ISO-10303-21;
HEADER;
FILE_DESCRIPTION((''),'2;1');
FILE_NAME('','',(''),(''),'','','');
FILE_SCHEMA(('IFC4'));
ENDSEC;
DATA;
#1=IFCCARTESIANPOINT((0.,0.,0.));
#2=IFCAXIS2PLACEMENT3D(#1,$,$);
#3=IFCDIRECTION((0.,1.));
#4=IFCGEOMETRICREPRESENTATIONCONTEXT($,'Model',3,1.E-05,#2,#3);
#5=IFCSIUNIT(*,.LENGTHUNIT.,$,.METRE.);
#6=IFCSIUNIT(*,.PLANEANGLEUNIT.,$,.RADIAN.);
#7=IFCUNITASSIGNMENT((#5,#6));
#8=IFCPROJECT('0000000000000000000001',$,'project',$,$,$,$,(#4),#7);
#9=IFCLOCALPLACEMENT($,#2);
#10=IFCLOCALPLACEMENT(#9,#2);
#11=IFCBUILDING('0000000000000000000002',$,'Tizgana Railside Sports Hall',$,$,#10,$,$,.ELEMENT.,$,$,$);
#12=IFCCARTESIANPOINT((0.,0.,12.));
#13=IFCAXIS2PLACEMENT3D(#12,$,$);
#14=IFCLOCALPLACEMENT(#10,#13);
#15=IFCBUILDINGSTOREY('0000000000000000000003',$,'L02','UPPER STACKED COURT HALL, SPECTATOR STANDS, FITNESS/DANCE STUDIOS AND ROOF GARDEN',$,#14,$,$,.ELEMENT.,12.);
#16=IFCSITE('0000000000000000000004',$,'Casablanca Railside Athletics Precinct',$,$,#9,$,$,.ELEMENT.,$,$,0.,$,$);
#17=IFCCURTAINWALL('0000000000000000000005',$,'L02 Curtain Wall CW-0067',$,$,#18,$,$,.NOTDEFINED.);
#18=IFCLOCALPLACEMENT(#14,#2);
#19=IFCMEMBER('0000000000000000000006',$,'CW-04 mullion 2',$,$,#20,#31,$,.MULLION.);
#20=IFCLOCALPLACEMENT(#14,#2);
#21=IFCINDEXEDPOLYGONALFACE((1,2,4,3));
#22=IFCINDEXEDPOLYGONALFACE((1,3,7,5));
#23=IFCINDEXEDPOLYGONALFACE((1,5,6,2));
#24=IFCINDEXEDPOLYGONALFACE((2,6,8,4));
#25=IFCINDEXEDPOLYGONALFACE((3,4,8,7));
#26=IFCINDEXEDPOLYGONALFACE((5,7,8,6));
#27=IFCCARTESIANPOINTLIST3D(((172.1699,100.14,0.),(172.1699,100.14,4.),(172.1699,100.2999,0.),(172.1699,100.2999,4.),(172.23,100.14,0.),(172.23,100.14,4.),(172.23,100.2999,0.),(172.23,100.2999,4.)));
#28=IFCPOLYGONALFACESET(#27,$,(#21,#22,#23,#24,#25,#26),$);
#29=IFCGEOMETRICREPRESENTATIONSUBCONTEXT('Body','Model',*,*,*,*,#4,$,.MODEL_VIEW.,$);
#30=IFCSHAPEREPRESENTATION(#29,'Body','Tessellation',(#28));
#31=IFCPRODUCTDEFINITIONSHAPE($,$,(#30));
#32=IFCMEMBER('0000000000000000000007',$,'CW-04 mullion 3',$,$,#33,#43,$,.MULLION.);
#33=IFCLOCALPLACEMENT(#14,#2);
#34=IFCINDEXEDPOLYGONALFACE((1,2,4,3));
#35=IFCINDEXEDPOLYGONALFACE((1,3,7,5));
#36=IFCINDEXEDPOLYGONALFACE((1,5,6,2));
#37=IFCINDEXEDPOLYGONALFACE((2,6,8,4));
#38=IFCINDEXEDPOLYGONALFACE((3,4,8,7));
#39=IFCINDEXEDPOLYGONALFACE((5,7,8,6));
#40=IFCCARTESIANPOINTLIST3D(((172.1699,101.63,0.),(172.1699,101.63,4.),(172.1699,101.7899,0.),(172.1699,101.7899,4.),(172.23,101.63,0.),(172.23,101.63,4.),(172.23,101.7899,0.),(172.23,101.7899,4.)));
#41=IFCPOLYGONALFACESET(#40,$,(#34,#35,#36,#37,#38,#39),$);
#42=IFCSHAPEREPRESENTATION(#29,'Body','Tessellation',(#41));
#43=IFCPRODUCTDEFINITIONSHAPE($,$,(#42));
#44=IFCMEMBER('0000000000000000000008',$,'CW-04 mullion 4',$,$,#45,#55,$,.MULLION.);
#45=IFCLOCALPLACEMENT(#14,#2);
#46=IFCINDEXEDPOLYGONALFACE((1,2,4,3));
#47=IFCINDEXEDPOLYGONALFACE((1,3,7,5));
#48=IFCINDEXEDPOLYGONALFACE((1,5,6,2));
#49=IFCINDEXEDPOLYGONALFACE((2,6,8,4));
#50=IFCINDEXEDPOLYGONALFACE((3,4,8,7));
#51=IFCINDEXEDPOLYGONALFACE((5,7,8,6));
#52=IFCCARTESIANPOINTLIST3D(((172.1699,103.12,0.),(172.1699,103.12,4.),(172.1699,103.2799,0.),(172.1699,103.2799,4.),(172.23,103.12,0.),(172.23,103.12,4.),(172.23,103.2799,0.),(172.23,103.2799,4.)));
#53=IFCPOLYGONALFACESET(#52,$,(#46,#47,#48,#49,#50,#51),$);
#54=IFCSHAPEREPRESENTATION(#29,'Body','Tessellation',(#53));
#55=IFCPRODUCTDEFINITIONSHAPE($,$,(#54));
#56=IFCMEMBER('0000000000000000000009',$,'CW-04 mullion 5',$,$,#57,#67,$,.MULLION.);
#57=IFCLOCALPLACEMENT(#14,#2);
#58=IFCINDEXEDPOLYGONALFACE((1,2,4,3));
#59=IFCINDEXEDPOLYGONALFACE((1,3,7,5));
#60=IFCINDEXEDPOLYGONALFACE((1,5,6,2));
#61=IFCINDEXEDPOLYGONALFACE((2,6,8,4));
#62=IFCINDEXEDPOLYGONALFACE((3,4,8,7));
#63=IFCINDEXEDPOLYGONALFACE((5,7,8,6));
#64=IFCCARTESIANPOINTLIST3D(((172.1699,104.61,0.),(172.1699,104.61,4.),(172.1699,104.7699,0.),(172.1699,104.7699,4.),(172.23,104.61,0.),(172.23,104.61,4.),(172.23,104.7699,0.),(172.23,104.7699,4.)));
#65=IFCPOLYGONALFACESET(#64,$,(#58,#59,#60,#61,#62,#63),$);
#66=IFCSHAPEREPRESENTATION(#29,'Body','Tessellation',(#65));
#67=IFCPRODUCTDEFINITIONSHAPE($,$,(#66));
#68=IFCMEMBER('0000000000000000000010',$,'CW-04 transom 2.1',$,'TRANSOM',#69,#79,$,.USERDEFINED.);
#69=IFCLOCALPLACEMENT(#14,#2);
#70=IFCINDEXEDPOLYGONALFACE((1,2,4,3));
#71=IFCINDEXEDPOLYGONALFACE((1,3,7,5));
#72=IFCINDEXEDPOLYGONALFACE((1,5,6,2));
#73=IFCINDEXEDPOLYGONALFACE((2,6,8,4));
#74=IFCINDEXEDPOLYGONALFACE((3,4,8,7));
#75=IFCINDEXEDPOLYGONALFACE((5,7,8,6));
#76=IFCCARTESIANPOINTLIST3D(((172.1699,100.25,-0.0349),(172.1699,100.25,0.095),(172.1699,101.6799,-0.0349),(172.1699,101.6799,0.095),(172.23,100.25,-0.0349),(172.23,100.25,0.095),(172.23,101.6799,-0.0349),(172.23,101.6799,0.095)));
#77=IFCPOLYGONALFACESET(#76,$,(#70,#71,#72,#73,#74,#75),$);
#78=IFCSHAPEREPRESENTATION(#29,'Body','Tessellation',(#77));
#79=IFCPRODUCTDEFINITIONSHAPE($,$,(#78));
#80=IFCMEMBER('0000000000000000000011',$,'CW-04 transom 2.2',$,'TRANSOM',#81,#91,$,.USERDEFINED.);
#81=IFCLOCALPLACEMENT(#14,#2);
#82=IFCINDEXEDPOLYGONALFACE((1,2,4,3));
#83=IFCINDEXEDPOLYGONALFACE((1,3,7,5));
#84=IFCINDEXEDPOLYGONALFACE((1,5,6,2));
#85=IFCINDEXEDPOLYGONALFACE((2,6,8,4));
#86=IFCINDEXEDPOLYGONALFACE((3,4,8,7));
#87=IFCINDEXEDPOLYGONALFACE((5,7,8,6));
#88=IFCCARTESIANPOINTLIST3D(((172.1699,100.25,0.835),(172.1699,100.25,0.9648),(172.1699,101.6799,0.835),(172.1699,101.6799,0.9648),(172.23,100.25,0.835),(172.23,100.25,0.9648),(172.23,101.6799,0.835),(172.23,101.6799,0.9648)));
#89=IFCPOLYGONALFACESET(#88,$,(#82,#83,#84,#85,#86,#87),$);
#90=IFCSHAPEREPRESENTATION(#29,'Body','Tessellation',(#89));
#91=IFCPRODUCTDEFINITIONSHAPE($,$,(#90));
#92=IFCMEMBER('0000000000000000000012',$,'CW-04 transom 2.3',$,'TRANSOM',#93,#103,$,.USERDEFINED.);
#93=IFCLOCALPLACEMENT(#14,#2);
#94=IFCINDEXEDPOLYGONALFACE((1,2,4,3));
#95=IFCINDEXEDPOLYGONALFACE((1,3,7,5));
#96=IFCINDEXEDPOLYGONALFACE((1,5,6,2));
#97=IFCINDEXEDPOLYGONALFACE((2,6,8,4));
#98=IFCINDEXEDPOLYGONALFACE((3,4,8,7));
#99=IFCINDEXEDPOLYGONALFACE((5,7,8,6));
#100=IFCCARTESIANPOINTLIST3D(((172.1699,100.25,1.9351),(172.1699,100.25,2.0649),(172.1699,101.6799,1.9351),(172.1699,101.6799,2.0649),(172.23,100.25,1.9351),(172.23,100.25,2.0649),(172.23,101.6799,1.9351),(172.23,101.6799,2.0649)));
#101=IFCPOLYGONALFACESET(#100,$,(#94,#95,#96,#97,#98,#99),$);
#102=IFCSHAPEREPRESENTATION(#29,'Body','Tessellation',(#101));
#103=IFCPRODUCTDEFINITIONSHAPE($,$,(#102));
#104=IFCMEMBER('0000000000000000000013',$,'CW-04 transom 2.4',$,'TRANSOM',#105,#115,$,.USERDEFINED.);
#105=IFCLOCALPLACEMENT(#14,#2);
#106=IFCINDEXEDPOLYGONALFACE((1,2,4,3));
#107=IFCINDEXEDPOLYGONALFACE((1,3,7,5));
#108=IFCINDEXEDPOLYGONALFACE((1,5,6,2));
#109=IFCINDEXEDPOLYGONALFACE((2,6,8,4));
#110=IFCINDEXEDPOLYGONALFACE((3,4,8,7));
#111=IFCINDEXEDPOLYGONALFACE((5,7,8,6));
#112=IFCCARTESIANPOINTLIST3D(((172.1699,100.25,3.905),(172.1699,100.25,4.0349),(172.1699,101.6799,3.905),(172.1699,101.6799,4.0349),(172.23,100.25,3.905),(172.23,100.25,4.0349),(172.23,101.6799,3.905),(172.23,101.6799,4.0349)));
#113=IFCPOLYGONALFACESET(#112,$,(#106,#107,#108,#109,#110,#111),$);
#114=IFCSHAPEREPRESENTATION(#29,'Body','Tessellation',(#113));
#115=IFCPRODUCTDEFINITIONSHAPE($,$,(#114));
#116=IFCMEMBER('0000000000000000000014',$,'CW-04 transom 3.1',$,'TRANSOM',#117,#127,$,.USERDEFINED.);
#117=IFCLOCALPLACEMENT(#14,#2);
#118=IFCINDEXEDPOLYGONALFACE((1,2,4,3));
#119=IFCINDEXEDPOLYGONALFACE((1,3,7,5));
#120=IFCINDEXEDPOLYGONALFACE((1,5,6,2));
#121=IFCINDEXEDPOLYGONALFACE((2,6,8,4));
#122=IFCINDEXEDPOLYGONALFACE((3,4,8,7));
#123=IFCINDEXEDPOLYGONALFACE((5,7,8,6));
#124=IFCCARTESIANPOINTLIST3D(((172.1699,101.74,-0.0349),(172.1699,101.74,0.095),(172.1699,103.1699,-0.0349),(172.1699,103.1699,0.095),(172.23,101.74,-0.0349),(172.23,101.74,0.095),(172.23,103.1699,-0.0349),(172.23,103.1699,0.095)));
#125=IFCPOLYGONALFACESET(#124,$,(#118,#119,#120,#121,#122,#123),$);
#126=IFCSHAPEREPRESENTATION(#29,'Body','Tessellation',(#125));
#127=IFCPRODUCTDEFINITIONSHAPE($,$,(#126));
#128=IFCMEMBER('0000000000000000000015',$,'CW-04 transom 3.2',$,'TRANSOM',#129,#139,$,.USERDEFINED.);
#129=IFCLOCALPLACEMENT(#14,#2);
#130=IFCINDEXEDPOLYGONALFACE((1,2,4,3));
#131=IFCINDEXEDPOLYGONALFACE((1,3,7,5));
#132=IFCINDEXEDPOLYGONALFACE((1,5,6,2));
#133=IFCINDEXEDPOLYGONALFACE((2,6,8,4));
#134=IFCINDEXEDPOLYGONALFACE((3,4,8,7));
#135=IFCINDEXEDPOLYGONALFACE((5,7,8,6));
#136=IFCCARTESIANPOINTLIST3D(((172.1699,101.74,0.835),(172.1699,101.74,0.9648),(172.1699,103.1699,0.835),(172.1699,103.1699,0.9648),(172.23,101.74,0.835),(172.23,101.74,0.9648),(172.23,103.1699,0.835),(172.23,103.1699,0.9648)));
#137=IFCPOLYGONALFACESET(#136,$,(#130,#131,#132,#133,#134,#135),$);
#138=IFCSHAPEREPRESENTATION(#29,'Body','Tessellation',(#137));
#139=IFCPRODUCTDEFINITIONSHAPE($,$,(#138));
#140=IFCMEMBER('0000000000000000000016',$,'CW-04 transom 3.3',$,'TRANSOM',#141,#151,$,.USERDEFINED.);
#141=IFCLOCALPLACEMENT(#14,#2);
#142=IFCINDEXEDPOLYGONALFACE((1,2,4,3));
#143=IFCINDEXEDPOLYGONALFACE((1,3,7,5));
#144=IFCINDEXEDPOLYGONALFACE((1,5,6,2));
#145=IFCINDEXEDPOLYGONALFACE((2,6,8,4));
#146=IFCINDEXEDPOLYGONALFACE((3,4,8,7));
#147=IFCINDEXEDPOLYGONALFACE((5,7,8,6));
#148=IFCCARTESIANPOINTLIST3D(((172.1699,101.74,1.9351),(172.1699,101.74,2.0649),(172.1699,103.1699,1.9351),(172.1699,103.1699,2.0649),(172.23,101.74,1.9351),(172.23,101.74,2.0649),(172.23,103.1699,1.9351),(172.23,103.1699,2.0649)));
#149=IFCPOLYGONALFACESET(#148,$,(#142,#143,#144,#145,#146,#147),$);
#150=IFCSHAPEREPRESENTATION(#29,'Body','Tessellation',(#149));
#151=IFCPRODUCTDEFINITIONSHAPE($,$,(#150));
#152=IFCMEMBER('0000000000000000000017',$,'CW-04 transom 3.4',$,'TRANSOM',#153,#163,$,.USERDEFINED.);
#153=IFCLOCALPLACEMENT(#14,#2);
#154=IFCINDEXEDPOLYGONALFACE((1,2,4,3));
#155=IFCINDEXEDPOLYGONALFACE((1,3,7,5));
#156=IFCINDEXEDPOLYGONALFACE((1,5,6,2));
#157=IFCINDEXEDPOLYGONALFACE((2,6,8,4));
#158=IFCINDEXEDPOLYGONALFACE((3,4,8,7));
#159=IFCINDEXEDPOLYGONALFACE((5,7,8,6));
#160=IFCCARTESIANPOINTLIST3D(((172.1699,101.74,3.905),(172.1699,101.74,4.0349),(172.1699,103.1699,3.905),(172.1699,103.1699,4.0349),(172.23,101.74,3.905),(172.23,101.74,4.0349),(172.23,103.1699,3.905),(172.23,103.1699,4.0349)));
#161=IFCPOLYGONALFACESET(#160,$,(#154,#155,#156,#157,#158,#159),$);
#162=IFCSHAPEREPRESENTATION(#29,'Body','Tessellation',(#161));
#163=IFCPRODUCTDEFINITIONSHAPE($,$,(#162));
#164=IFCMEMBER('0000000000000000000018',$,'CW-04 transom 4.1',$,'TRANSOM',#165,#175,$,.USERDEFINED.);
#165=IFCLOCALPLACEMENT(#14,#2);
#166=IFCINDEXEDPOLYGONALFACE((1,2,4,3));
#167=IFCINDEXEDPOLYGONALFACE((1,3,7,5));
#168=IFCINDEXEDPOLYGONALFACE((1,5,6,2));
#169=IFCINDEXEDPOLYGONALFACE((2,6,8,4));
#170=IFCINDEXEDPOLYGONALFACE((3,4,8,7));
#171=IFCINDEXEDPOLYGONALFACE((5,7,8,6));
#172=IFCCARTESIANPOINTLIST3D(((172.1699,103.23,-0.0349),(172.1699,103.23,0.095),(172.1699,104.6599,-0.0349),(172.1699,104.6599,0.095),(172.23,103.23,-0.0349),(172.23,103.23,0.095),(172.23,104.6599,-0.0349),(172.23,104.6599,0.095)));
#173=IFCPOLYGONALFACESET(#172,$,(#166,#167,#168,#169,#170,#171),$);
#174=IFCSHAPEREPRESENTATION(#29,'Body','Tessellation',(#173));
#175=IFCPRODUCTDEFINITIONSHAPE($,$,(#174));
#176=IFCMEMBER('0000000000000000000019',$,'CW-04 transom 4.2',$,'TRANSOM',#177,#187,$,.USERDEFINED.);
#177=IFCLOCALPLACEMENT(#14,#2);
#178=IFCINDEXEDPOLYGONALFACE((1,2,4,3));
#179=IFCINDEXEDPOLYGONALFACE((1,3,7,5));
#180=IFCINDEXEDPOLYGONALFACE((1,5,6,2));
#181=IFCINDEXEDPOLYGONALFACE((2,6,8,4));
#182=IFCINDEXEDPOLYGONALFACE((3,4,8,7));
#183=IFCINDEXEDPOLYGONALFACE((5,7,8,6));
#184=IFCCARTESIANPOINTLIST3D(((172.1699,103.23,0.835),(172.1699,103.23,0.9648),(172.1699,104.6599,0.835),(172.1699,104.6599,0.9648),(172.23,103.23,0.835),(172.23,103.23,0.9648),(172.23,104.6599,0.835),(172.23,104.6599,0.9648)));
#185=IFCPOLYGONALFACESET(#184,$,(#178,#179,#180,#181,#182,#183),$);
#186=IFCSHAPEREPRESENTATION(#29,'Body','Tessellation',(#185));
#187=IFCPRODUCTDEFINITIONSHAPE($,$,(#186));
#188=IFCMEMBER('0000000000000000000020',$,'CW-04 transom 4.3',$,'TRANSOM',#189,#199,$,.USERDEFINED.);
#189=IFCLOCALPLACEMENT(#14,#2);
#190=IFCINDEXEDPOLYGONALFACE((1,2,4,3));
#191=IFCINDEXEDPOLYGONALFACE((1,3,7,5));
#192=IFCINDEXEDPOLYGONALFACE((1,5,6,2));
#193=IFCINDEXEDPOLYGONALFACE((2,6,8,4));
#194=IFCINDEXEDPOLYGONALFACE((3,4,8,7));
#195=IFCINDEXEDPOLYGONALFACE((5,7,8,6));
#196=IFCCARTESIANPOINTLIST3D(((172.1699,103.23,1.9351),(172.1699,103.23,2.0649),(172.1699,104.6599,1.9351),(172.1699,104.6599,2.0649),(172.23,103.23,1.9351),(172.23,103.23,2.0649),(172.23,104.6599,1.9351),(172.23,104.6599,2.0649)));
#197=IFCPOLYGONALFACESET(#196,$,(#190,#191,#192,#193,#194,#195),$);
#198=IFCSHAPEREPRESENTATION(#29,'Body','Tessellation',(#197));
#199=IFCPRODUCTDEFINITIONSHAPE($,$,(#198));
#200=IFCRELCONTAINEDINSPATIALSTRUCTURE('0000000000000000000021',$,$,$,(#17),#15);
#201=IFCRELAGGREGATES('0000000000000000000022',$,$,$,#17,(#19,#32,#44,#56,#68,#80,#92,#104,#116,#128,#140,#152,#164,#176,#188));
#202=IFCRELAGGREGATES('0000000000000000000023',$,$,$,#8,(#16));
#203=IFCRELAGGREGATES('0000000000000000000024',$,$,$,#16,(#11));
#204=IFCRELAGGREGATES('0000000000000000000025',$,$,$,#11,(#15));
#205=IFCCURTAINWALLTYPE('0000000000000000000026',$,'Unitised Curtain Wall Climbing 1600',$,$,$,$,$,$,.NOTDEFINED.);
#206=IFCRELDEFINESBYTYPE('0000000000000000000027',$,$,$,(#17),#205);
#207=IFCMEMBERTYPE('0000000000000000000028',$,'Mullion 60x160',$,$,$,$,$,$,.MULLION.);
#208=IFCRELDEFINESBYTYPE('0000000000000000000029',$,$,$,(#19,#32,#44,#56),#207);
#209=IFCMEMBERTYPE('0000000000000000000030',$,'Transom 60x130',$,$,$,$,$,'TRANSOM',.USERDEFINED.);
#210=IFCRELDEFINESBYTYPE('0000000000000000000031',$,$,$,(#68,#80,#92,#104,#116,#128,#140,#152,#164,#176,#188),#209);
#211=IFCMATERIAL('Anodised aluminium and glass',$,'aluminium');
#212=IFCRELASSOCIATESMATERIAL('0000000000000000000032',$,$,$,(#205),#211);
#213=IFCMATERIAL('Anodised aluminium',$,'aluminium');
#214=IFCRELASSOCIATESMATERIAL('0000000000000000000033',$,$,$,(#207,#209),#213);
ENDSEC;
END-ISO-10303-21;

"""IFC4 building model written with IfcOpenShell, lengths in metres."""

from ifc_helpers import new_model, si_unit, direction, frame, origin, origin_2d, place, context, subcontext, project, spatial, rectangle, extrude, material, material_profile, profile_set, type_object, element, aggregate, save


model = new_model("IFC4")

# Units and contexts
model_context = context("Model", 3, precision=1e-05, world=origin(), true_north=direction((0.0, 1.0)))
body_context = subcontext(model_context, "Body", "Model", "MODEL_VIEW")
ifc_project = project(units=[si_unit("LENGTHUNIT", "METRE"), si_unit("PLANEANGLEUNIT", "RADIAN")], contexts=[model_context])

# Site, building, storey
site_placement = place(None, origin())
site = spatial("IfcSite", under=ifc_project, at=site_placement, Name="Casablanca Railside Athletics Precinct", CompositionType="ELEMENT", RefElevation=0.0)
building_placement = place(site_placement, origin())
building = spatial("IfcBuilding", under=site, at=building_placement, Name="Tizgana Railside Sports Hall", CompositionType="ELEMENT")
storey_placement = place(building_placement, frame((0.0, 0.0, 12.0)))
storey = spatial("IfcBuildingStorey", under=building, at=storey_placement, Name="L02", Description="UPPER STACKED COURT HALL, SPECTATOR STANDS, FITNESS/DANCE STUDIOS AND ROOF GARDEN", CompositionType="ELEMENT", Elevation=12.0)

# Curtain wall, members
ifc_material_1 = material(Name="Anodised aluminium and glass", Category="aluminium")
curtain_wall_type = type_object("IfcCurtainWallType", Name="Unitised Curtain Wall Climbing 1600", PredefinedType="NOTDEFINED", material=ifc_material_1)
curtain_wall_placement = place(storey_placement, origin())
curtain_wall = element("IfcCurtainWall", 1, at=curtain_wall_placement, inside=storey, type_object=curtain_wall_type, Name="L02 Curtain Wall CW-0067", PredefinedType="NOTDEFINED")
ifc_material_2 = material(Name="Anodised aluminium", Category="aluminium")
ifc_material_profile_1 = material_profile(ifc_material_2, rectangle(XDim=0.0601, YDim=0.1599, at=origin_2d()), Name="Mullion 60x160")
ifc_profile_set_1 = profile_set([ifc_material_profile_1], Name="Anodised aluminium")
member_type_1 = type_object("IfcMemberType", Name="Mullion 60x160", PredefinedType="MULLION", material=ifc_profile_set_1)
member_1_placement = place(storey_placement, frame((172.2, 100.22, 0.0), z_axis=(0.0, 0.0, 1.0), x_axis=(-1.0, 0.0, 0.0)))
member_1 = element("IfcMember", 2, at=member_1_placement, type_object=member_type_1, Name="CW-04 mullion 2", PredefinedType="MULLION", context=body_context, shape_type="SweptSolid", body=[
    extrude(rectangle(XDim=0.0601, YDim=0.1599, at=origin_2d()), origin(), (0.0, 0.0, 1.0), 4.0),
])
member_2_placement = place(storey_placement, frame((172.2, 101.71, 0.0), z_axis=(0.0, 0.0, 1.0), x_axis=(-1.0, 0.0, 0.0)))
member_2 = element("IfcMember", 3, at=member_2_placement, type_object=member_type_1, Name="CW-04 mullion 3", PredefinedType="MULLION", context=body_context, shape_type="SweptSolid", body=[
    extrude(rectangle(XDim=0.0601, YDim=0.1599, at=origin_2d()), origin(), (0.0, 0.0, 1.0), 4.0),
])
member_3_placement = place(storey_placement, frame((172.2, 103.2, 0.0), z_axis=(0.0, 0.0, 1.0), x_axis=(-1.0, 0.0, 0.0)))
member_3 = element("IfcMember", 4, at=member_3_placement, type_object=member_type_1, Name="CW-04 mullion 4", PredefinedType="MULLION", context=body_context, shape_type="SweptSolid", body=[
    extrude(rectangle(XDim=0.0601, YDim=0.1599, at=origin_2d()), origin(), (0.0, 0.0, 1.0), 4.0),
])
member_4_placement = place(storey_placement, frame((172.2, 104.6899, 0.0), z_axis=(0.0, 0.0, 1.0), x_axis=(-1.0, 0.0, 0.0)))
member_4 = element("IfcMember", 5, at=member_4_placement, type_object=member_type_1, Name="CW-04 mullion 5", PredefinedType="MULLION", context=body_context, shape_type="SweptSolid", body=[
    extrude(rectangle(XDim=0.0601, YDim=0.1599, at=origin_2d()), origin(), (0.0, 0.0, 1.0), 4.0),
])
ifc_material_profile_2 = material_profile(ifc_material_2, rectangle(XDim=0.0601, YDim=0.1299, at=origin_2d()), Name="Transom 60x130")
ifc_profile_set_2 = profile_set([ifc_material_profile_2], Name="Anodised aluminium")
member_type_2 = type_object("IfcMemberType", Name="Transom 60x130", ElementType="TRANSOM", PredefinedType="USERDEFINED", material=ifc_profile_set_2)
member_5_placement = place(storey_placement, frame((172.2, 100.25, 0.03), z_axis=(0.0, 1.0, 0.0), x_axis=(-1.0, 0.0, 0.0)))
member_5 = element("IfcMember", 6, at=member_5_placement, type_object=member_type_2, Name="CW-04 transom 2.1", ObjectType="TRANSOM", PredefinedType="USERDEFINED", context=body_context, shape_type="SweptSolid", body=[
    extrude(rectangle(XDim=0.0601, YDim=0.1299, at=origin_2d()), origin(), (0.0, 0.0, 1.0), 1.4299),
])
member_6_placement = place(storey_placement, frame((172.2, 100.25, 0.8999), z_axis=(0.0, 1.0, 0.0), x_axis=(-1.0, 0.0, 0.0)))
member_6 = element("IfcMember", 7, at=member_6_placement, type_object=member_type_2, Name="CW-04 transom 2.2", ObjectType="TRANSOM", PredefinedType="USERDEFINED", context=body_context, shape_type="SweptSolid", body=[
    extrude(rectangle(XDim=0.0601, YDim=0.1299, at=origin_2d()), origin(), (0.0, 0.0, 1.0), 1.4299),
])
member_7_placement = place(storey_placement, frame((172.2, 100.25, 2.0), z_axis=(0.0, 1.0, 0.0), x_axis=(-1.0, 0.0, 0.0)))
member_7 = element("IfcMember", 8, at=member_7_placement, type_object=member_type_2, Name="CW-04 transom 2.3", ObjectType="TRANSOM", PredefinedType="USERDEFINED", context=body_context, shape_type="SweptSolid", body=[
    extrude(rectangle(XDim=0.0601, YDim=0.1299, at=origin_2d()), origin(), (0.0, 0.0, 1.0), 1.4299),
])
member_8_placement = place(storey_placement, frame((172.2, 100.25, 3.97), z_axis=(0.0, 1.0, 0.0), x_axis=(-1.0, 0.0, 0.0)))
member_8 = element("IfcMember", 9, at=member_8_placement, type_object=member_type_2, Name="CW-04 transom 2.4", ObjectType="TRANSOM", PredefinedType="USERDEFINED", context=body_context, shape_type="SweptSolid", body=[
    extrude(rectangle(XDim=0.0601, YDim=0.1299, at=origin_2d()), origin(), (0.0, 0.0, 1.0), 1.4299),
])
member_9_placement = place(storey_placement, frame((172.2, 101.74, 0.03), z_axis=(0.0, 1.0, 0.0), x_axis=(-1.0, 0.0, 0.0)))
member_9 = element("IfcMember", 10, at=member_9_placement, type_object=member_type_2, Name="CW-04 transom 3.1", ObjectType="TRANSOM", PredefinedType="USERDEFINED", context=body_context, shape_type="SweptSolid", body=[
    extrude(rectangle(XDim=0.0601, YDim=0.1299, at=origin_2d()), origin(), (0.0, 0.0, 1.0), 1.4299),
])
member_10_placement = place(storey_placement, frame((172.2, 101.74, 0.8999), z_axis=(0.0, 1.0, 0.0), x_axis=(-1.0, 0.0, 0.0)))
member_10 = element("IfcMember", 11, at=member_10_placement, type_object=member_type_2, Name="CW-04 transom 3.2", ObjectType="TRANSOM", PredefinedType="USERDEFINED", context=body_context, shape_type="SweptSolid", body=[
    extrude(rectangle(XDim=0.0601, YDim=0.1299, at=origin_2d()), origin(), (0.0, 0.0, 1.0), 1.4299),
])
member_11_placement = place(storey_placement, frame((172.2, 101.74, 2.0), z_axis=(0.0, 1.0, 0.0), x_axis=(-1.0, 0.0, 0.0)))
member_11 = element("IfcMember", 12, at=member_11_placement, type_object=member_type_2, Name="CW-04 transom 3.3", ObjectType="TRANSOM", PredefinedType="USERDEFINED", context=body_context, shape_type="SweptSolid", body=[
    extrude(rectangle(XDim=0.0601, YDim=0.1299, at=origin_2d()), origin(), (0.0, 0.0, 1.0), 1.4299),
])
member_12_placement = place(storey_placement, frame((172.2, 101.74, 3.97), z_axis=(0.0, 1.0, 0.0), x_axis=(-1.0, 0.0, 0.0)))
member_12 = element("IfcMember", 13, at=member_12_placement, type_object=member_type_2, Name="CW-04 transom 3.4", ObjectType="TRANSOM", PredefinedType="USERDEFINED", context=body_context, shape_type="SweptSolid", body=[
    extrude(rectangle(XDim=0.0601, YDim=0.1299, at=origin_2d()), origin(), (0.0, 0.0, 1.0), 1.4299),
])
member_13_placement = place(storey_placement, frame((172.2, 103.23, 0.03), z_axis=(0.0, 1.0, 0.0), x_axis=(-1.0, 0.0, 0.0)))
member_13 = element("IfcMember", 14, at=member_13_placement, type_object=member_type_2, Name="CW-04 transom 4.1", ObjectType="TRANSOM", PredefinedType="USERDEFINED", context=body_context, shape_type="SweptSolid", body=[
    extrude(rectangle(XDim=0.0601, YDim=0.1299, at=origin_2d()), origin(), (0.0, 0.0, 1.0), 1.4299),
])
member_14_placement = place(storey_placement, frame((172.2, 103.23, 0.8999), z_axis=(0.0, 1.0, 0.0), x_axis=(-1.0, 0.0, 0.0)))
member_14 = element("IfcMember", 15, at=member_14_placement, type_object=member_type_2, Name="CW-04 transom 4.2", ObjectType="TRANSOM", PredefinedType="USERDEFINED", context=body_context, shape_type="SweptSolid", body=[
    extrude(rectangle(XDim=0.0601, YDim=0.1299, at=origin_2d()), origin(), (0.0, 0.0, 1.0), 1.4299),
])
member_15_placement = place(storey_placement, frame((172.2, 103.23, 2.0), z_axis=(0.0, 1.0, 0.0), x_axis=(-1.0, 0.0, 0.0)))
member_15 = element("IfcMember", 16, at=member_15_placement, type_object=member_type_2, Name="CW-04 transom 4.3", ObjectType="TRANSOM", PredefinedType="USERDEFINED", context=body_context, shape_type="SweptSolid", body=[
    extrude(rectangle(XDim=0.0601, YDim=0.1299, at=origin_2d()), origin(), (0.0, 0.0, 1.0), 1.4299),
])
aggregate(curtain_wall, [member_1, member_2, member_3, member_4, member_5, member_6, member_7, member_8, member_9, member_10, member_11, member_12, member_13, member_14, member_15])

save(model, "model.ifc")
